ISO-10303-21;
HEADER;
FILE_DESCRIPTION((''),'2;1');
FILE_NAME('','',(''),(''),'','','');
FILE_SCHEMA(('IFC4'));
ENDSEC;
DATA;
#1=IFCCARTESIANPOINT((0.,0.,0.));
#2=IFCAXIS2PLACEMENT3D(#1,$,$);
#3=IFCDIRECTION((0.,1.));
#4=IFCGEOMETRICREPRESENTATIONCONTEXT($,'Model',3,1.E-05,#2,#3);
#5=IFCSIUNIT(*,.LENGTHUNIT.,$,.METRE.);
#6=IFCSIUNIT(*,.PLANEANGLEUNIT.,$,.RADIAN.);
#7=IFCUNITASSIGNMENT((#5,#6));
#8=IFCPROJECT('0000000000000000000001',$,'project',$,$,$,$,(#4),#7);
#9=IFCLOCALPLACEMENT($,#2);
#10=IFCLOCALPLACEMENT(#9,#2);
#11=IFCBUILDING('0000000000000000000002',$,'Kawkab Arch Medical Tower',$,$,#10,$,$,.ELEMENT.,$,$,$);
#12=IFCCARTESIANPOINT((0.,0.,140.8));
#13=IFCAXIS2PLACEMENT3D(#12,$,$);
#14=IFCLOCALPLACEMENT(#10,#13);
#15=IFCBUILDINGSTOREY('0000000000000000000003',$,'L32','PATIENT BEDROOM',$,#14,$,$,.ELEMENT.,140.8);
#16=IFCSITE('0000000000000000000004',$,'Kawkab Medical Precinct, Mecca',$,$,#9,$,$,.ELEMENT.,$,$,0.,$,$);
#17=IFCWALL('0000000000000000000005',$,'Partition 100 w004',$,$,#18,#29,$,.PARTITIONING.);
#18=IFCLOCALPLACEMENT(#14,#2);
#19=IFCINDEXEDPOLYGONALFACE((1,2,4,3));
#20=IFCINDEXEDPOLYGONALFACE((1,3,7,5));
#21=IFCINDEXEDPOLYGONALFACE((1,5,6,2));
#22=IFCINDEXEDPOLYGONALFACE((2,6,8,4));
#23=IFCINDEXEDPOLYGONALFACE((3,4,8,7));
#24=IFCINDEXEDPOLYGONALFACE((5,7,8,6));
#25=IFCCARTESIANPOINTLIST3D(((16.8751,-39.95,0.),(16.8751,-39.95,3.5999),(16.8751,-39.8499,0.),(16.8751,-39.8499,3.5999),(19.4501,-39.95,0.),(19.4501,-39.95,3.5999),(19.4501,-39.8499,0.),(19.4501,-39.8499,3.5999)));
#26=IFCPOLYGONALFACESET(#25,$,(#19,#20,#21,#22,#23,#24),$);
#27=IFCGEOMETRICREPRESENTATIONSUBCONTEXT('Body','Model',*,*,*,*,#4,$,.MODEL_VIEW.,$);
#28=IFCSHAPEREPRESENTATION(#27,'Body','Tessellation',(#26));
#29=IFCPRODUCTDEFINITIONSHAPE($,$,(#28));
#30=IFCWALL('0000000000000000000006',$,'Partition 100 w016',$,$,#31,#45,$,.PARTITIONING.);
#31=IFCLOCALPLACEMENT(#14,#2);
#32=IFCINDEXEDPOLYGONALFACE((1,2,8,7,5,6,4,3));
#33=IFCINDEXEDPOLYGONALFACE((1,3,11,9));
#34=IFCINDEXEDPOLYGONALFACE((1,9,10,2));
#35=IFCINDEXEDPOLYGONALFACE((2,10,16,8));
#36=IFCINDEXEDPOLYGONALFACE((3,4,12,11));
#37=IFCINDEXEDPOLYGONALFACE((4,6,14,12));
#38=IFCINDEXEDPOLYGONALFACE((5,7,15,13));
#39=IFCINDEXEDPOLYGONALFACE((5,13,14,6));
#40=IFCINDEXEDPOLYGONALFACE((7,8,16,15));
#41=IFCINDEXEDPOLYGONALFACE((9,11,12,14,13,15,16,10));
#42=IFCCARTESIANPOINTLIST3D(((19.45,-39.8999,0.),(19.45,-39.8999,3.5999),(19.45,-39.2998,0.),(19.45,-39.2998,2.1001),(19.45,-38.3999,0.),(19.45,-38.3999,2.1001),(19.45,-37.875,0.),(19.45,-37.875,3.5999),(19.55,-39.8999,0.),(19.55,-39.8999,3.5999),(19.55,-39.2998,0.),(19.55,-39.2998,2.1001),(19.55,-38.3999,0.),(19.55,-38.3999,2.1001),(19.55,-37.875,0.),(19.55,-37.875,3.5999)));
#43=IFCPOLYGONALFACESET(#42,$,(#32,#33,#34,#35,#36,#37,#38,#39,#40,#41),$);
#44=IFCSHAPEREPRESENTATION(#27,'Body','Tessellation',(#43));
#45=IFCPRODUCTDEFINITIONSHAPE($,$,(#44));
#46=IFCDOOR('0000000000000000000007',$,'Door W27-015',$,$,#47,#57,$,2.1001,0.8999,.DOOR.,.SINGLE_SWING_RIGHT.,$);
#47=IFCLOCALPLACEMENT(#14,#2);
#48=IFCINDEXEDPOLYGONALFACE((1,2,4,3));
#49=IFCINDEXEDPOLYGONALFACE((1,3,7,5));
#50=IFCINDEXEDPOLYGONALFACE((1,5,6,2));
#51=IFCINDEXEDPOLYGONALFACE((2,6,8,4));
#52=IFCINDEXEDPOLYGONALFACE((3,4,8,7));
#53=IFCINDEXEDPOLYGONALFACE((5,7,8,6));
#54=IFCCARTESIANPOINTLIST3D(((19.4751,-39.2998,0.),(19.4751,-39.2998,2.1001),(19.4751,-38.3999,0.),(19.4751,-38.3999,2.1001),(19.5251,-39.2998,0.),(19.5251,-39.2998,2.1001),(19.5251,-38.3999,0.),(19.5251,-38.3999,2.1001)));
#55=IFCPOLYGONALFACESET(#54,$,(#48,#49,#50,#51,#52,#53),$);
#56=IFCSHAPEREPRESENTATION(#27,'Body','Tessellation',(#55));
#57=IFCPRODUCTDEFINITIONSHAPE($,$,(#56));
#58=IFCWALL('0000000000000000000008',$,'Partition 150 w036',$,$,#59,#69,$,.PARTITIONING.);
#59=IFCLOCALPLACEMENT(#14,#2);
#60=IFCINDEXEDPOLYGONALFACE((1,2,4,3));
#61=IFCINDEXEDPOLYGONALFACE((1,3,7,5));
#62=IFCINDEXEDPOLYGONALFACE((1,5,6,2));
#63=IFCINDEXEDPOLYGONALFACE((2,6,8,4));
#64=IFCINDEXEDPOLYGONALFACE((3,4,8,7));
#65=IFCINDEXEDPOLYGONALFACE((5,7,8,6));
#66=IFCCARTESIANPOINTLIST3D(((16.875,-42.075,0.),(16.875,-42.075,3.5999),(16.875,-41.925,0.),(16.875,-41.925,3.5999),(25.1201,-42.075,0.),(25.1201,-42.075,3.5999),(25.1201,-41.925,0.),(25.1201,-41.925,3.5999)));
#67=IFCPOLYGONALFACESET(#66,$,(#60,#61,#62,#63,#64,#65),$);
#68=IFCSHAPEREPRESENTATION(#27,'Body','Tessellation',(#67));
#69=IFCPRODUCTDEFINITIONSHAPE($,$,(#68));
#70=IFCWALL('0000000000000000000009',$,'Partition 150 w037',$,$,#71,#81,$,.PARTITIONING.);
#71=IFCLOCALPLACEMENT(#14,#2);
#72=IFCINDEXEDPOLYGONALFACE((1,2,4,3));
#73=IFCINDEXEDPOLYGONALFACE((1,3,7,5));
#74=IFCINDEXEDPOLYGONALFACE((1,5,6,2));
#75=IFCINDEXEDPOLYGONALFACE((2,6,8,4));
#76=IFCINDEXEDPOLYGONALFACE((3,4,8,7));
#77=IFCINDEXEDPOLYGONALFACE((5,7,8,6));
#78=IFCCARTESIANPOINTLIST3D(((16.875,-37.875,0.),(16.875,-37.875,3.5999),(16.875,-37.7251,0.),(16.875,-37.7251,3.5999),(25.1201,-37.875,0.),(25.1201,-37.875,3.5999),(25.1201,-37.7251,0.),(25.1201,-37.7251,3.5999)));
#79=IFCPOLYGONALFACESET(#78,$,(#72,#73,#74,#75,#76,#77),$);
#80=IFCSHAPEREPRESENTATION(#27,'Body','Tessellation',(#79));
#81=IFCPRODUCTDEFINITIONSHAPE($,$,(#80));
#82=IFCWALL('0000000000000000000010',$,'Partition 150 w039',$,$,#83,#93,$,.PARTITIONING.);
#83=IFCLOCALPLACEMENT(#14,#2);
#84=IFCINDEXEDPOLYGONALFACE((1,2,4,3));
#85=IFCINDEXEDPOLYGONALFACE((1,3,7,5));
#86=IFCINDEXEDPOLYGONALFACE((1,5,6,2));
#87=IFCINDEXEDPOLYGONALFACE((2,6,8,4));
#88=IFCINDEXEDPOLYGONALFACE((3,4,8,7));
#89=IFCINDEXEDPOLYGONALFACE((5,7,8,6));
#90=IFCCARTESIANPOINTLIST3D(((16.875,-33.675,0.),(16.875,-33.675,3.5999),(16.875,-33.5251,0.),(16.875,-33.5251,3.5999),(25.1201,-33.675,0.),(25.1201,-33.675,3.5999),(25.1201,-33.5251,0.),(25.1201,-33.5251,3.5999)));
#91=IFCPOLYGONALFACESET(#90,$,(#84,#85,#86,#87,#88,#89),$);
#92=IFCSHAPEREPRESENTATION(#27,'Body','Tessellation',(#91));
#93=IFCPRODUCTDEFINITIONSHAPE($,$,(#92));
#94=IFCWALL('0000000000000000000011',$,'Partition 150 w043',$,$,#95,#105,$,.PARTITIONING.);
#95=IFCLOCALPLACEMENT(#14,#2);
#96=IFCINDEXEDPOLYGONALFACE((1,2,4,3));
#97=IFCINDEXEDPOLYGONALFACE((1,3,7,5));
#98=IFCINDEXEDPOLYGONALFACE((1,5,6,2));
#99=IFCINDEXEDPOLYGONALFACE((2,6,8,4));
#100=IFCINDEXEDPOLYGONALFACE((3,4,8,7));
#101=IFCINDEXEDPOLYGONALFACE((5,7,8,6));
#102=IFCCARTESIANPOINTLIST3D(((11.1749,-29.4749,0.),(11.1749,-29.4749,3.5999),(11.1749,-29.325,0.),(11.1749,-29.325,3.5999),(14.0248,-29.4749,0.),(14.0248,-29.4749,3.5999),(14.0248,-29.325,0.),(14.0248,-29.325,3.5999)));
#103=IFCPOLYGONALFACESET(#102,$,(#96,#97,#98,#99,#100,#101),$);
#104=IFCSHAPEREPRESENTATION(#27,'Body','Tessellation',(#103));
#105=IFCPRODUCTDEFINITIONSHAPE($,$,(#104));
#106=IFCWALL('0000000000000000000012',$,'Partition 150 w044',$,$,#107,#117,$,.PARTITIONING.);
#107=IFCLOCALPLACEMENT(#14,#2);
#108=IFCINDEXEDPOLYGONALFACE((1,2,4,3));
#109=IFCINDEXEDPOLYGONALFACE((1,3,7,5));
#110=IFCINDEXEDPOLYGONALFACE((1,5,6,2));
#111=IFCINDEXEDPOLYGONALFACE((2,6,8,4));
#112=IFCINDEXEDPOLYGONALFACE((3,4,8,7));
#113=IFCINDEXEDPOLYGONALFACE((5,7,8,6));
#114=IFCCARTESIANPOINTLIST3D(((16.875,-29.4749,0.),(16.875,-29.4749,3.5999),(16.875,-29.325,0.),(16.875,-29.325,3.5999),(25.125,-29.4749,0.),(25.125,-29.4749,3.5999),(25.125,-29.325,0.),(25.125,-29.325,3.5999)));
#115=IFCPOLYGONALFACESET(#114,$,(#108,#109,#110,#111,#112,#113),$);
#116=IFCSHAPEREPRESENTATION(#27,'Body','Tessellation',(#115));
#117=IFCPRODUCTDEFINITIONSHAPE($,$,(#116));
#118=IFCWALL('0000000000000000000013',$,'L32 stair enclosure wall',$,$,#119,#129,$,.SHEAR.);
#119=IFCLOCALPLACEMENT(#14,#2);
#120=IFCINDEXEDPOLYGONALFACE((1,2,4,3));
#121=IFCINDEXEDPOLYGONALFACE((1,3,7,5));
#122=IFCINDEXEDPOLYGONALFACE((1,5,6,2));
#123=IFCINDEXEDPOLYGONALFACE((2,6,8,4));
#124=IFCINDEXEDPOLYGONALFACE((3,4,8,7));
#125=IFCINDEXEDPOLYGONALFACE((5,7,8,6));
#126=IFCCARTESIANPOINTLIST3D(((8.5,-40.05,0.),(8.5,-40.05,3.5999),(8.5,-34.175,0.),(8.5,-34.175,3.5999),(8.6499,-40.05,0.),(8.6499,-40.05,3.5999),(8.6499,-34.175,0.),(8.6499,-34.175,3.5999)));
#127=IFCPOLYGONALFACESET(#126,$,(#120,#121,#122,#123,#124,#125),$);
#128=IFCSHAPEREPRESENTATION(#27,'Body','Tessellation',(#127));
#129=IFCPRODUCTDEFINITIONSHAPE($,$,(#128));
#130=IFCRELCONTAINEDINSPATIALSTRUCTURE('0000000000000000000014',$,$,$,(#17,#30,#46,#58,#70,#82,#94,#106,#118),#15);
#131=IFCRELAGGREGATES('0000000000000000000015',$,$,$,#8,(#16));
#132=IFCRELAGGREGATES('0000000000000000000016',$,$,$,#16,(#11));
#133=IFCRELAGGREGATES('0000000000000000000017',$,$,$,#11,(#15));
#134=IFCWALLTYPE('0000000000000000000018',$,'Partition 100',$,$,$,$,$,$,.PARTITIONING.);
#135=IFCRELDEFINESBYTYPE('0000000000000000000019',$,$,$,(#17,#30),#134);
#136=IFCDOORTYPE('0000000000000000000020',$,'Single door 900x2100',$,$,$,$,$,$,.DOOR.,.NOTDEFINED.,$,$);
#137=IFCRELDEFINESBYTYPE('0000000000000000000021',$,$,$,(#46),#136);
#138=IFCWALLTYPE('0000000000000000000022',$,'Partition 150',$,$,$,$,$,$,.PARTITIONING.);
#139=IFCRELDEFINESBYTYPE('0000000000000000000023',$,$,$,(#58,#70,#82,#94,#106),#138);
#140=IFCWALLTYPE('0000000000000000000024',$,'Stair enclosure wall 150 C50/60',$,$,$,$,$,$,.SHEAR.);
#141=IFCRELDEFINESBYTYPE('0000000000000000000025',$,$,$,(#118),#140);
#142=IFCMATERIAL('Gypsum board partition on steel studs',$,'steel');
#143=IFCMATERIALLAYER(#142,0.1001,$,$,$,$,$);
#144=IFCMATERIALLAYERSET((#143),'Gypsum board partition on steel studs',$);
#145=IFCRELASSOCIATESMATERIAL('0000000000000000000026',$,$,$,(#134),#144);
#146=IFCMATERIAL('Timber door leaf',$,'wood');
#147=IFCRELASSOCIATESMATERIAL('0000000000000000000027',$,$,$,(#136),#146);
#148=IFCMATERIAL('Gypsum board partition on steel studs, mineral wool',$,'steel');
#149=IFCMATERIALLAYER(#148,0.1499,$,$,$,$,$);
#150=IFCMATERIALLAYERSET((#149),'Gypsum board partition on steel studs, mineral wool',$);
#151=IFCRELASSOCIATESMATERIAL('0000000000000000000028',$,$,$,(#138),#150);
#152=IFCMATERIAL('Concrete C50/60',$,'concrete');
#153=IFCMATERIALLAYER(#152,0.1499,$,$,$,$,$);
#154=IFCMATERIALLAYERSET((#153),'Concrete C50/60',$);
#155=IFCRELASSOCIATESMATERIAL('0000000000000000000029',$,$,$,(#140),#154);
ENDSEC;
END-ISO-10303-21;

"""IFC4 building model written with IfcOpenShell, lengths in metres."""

from ifc_helpers import new_model, si_unit, direction, frame, frame_2d, origin, place, context, subcontext, project, spatial, rectangle, extrude, material, layer, layer_set, type_object, element, fill, save


model = new_model("IFC4")

# Units and contexts
model_context = context("Model", 3, precision=1e-05, world=origin(), true_north=direction((0.0, 1.0)))
body_context = subcontext(model_context, "Body", "Model", "MODEL_VIEW")
ifc_project = project(units=[si_unit("LENGTHUNIT", "METRE"), si_unit("PLANEANGLEUNIT", "RADIAN")], contexts=[model_context])

# Site, building, storey
site_placement = place(None, origin())
site = spatial("IfcSite", under=ifc_project, at=site_placement, Name="Kawkab Medical Precinct, Mecca", CompositionType="ELEMENT", RefElevation=0.0)
building_placement = place(site_placement, origin())
building = spatial("IfcBuilding", under=site, at=building_placement, Name="Kawkab Arch Medical Tower", CompositionType="ELEMENT")
storey_placement = place(building_placement, frame((0.0, 0.0, 140.8)))
storey = spatial("IfcBuildingStorey", under=building, at=storey_placement, Name="L32", Description="PATIENT BEDROOM", CompositionType="ELEMENT", Elevation=140.8)

# Wall
ifc_material_1 = material(Name="Gypsum board partition on steel studs", Category="steel")
ifc_layer_1 = layer(ifc_material_1, 0.1001)
ifc_layer_set_1 = layer_set([ifc_layer_1], Name="Gypsum board partition on steel studs")
wall_type_1 = type_object("IfcWallType", Name="Partition 100", PredefinedType="PARTITIONING", material=ifc_layer_set_1)
wall_1_placement = place(storey_placement, frame((16.875, -39.8999, 0.0), z_axis=(0.0, 0.0, 1.0), x_axis=(1.0, 0.0, 0.0)))
element("IfcWall", 1, at=wall_1_placement, inside=storey, type_object=wall_type_1, Name="Partition 100 w004", PredefinedType="PARTITIONING", context=body_context, shape_type="SweptSolid", body=[
    extrude(rectangle(XDim=2.575, YDim=0.1001, at=frame_2d((1.2876, 0.0))), origin(), (0.0, 0.0, 1.0), 3.5999),
])

# Wall, opening, door
wall_2_placement = place(storey_placement, frame((19.5, -39.8999, 0.0), z_axis=(0.0, 0.0, 1.0), x_axis=(0.0, 1.0, 0.0)))
wall_2 = element("IfcWall", 2, at=wall_2_placement, inside=storey, type_object=wall_type_1, Name="Partition 100 w016", PredefinedType="PARTITIONING", context=body_context, shape_type="SweptSolid", body=[
    extrude(rectangle(XDim=2.0249, YDim=0.1001, at=frame_2d((1.0125, 0.0))), origin(), (0.0, 0.0, 1.0), 3.5999),
])
opening_1_placement = place(wall_2_placement, frame((0.6001, 0.0, 0.0)))
opening_1 = element("IfcOpeningElement", 3, at=opening_1_placement, cuts=wall_2, PredefinedType="OPENING", context=body_context, shape_type="SweptSolid", body=[
    extrude(rectangle(XDim=0.8999, YDim=2.1001, at=frame_2d((0.45, 1.05))), frame((0.0, 0.0601, 0.0), z_axis=(0.0, -1.0, 0.0), x_axis=(1.0, 0.0, 0.0)), (0.0, 0.0, 1.0), 0.1201),
])
ifc_material_2 = material(Name="Timber door leaf", Category="wood")
door_type_1 = type_object("IfcDoorType", Name="Single door 900x2100", OperationType="NOTDEFINED", PredefinedType="DOOR", material=ifc_material_2)
door_1_placement = place(opening_1_placement, origin())
door_1 = element("IfcDoor", 4, at=door_1_placement, inside=storey, type_object=door_type_1, Name="Door W27-015", OperationType="SINGLE_SWING_RIGHT", OverallHeight=2.1001, OverallWidth=0.8999, PredefinedType="DOOR", context=body_context, shape_type="SweptSolid", body=[
    extrude(rectangle(XDim=0.8999, YDim=2.1001, at=frame_2d((0.45, 1.05))), frame((0.0, 0.0249, 0.0), z_axis=(0.0, -1.0, 0.0), x_axis=(1.0, 0.0, 0.0)), (0.0, 0.0, 1.0), 0.05),
])
fill(opening_1, door_1)

# Walls
ifc_material_3 = material(Name="Gypsum board partition on steel studs, mineral wool", Category="steel")
ifc_layer_2 = layer(ifc_material_3, 0.1499)
ifc_layer_set_2 = layer_set([ifc_layer_2], Name="Gypsum board partition on steel studs, mineral wool")
wall_type_2 = type_object("IfcWallType", Name="Partition 150", PredefinedType="PARTITIONING", material=ifc_layer_set_2)
for number, where, z_axis, x_axis, name in (
    (5, (16.875, -42.0, 0.0), (0.0, 0.0, 1.0), (1.0, 0.0, 0.0), "Partition 150 w036"),
    (6, (16.875, -37.8, 0.0), (0.0, 0.0, 1.0), (1.0, 0.0, 0.0), "Partition 150 w037"),
    (7, (16.875, -33.6001, 0.0), (0.0, 0.0, 1.0), (1.0, 0.0, 0.0), "Partition 150 w039"),
):
    element("IfcWall", number, at=place(storey_placement, frame(where, z_axis=z_axis, x_axis=x_axis)), inside=storey, type_object=wall_type_2, Name=name, PredefinedType="PARTITIONING", context=body_context, shape_type="SweptSolid", body=[
        extrude(rectangle(XDim=8.2451, YDim=0.1499, at=frame_2d((4.1226, 0.0))), origin(), (0.0, 0.0, 1.0), 3.5999),
    ])
wall_3_placement = place(storey_placement, frame((11.175, -29.3999, 0.0), z_axis=(0.0, 0.0, 1.0), x_axis=(1.0, 0.0, 0.0)))
element("IfcWall", 8, at=wall_3_placement, inside=storey, type_object=wall_type_2, Name="Partition 150 w043", PredefinedType="PARTITIONING", context=body_context, shape_type="SweptSolid", body=[
    extrude(rectangle(XDim=2.8499, YDim=0.1499, at=frame_2d((1.4248, 0.0))), origin(), (0.0, 0.0, 1.0), 3.5999),
])
wall_4_placement = place(storey_placement, frame((16.875, -29.3999, 0.0), z_axis=(0.0, 0.0, 1.0), x_axis=(1.0, 0.0, 0.0)))
element("IfcWall", 9, at=wall_4_placement, inside=storey, type_object=wall_type_2, Name="Partition 150 w044", PredefinedType="PARTITIONING", context=body_context, shape_type="SweptSolid", body=[
    extrude(rectangle(XDim=8.25, YDim=0.1499, at=frame_2d((4.125, 0.0))), origin(), (0.0, 0.0, 1.0), 3.5999),
])
ifc_material_4 = material(Name="Concrete C50/60", Category="concrete")
ifc_layer_3 = layer(ifc_material_4, 0.1499)
ifc_layer_set_3 = layer_set([ifc_layer_3], Name="Concrete C50/60")
wall_type_3 = type_object("IfcWallType", Name="Stair enclosure wall 150 C50/60", PredefinedType="SHEAR", material=ifc_layer_set_3)
wall_5_placement = place(storey_placement, frame((8.575, -40.05, 0.0), z_axis=(0.0, 0.0, 1.0), x_axis=(0.0, 1.0, 0.0)))
element("IfcWall", 10, at=wall_5_placement, inside=storey, type_object=wall_type_3, Name="L32 stair enclosure wall", PredefinedType="SHEAR", context=body_context, shape_type="SweptSolid", body=[
    extrude(rectangle(XDim=5.875, YDim=0.1499, at=frame_2d((2.9375, 0.0))), origin(), (0.0, 0.0, 1.0), 3.5999),
])

save(model, "model.ifc")
